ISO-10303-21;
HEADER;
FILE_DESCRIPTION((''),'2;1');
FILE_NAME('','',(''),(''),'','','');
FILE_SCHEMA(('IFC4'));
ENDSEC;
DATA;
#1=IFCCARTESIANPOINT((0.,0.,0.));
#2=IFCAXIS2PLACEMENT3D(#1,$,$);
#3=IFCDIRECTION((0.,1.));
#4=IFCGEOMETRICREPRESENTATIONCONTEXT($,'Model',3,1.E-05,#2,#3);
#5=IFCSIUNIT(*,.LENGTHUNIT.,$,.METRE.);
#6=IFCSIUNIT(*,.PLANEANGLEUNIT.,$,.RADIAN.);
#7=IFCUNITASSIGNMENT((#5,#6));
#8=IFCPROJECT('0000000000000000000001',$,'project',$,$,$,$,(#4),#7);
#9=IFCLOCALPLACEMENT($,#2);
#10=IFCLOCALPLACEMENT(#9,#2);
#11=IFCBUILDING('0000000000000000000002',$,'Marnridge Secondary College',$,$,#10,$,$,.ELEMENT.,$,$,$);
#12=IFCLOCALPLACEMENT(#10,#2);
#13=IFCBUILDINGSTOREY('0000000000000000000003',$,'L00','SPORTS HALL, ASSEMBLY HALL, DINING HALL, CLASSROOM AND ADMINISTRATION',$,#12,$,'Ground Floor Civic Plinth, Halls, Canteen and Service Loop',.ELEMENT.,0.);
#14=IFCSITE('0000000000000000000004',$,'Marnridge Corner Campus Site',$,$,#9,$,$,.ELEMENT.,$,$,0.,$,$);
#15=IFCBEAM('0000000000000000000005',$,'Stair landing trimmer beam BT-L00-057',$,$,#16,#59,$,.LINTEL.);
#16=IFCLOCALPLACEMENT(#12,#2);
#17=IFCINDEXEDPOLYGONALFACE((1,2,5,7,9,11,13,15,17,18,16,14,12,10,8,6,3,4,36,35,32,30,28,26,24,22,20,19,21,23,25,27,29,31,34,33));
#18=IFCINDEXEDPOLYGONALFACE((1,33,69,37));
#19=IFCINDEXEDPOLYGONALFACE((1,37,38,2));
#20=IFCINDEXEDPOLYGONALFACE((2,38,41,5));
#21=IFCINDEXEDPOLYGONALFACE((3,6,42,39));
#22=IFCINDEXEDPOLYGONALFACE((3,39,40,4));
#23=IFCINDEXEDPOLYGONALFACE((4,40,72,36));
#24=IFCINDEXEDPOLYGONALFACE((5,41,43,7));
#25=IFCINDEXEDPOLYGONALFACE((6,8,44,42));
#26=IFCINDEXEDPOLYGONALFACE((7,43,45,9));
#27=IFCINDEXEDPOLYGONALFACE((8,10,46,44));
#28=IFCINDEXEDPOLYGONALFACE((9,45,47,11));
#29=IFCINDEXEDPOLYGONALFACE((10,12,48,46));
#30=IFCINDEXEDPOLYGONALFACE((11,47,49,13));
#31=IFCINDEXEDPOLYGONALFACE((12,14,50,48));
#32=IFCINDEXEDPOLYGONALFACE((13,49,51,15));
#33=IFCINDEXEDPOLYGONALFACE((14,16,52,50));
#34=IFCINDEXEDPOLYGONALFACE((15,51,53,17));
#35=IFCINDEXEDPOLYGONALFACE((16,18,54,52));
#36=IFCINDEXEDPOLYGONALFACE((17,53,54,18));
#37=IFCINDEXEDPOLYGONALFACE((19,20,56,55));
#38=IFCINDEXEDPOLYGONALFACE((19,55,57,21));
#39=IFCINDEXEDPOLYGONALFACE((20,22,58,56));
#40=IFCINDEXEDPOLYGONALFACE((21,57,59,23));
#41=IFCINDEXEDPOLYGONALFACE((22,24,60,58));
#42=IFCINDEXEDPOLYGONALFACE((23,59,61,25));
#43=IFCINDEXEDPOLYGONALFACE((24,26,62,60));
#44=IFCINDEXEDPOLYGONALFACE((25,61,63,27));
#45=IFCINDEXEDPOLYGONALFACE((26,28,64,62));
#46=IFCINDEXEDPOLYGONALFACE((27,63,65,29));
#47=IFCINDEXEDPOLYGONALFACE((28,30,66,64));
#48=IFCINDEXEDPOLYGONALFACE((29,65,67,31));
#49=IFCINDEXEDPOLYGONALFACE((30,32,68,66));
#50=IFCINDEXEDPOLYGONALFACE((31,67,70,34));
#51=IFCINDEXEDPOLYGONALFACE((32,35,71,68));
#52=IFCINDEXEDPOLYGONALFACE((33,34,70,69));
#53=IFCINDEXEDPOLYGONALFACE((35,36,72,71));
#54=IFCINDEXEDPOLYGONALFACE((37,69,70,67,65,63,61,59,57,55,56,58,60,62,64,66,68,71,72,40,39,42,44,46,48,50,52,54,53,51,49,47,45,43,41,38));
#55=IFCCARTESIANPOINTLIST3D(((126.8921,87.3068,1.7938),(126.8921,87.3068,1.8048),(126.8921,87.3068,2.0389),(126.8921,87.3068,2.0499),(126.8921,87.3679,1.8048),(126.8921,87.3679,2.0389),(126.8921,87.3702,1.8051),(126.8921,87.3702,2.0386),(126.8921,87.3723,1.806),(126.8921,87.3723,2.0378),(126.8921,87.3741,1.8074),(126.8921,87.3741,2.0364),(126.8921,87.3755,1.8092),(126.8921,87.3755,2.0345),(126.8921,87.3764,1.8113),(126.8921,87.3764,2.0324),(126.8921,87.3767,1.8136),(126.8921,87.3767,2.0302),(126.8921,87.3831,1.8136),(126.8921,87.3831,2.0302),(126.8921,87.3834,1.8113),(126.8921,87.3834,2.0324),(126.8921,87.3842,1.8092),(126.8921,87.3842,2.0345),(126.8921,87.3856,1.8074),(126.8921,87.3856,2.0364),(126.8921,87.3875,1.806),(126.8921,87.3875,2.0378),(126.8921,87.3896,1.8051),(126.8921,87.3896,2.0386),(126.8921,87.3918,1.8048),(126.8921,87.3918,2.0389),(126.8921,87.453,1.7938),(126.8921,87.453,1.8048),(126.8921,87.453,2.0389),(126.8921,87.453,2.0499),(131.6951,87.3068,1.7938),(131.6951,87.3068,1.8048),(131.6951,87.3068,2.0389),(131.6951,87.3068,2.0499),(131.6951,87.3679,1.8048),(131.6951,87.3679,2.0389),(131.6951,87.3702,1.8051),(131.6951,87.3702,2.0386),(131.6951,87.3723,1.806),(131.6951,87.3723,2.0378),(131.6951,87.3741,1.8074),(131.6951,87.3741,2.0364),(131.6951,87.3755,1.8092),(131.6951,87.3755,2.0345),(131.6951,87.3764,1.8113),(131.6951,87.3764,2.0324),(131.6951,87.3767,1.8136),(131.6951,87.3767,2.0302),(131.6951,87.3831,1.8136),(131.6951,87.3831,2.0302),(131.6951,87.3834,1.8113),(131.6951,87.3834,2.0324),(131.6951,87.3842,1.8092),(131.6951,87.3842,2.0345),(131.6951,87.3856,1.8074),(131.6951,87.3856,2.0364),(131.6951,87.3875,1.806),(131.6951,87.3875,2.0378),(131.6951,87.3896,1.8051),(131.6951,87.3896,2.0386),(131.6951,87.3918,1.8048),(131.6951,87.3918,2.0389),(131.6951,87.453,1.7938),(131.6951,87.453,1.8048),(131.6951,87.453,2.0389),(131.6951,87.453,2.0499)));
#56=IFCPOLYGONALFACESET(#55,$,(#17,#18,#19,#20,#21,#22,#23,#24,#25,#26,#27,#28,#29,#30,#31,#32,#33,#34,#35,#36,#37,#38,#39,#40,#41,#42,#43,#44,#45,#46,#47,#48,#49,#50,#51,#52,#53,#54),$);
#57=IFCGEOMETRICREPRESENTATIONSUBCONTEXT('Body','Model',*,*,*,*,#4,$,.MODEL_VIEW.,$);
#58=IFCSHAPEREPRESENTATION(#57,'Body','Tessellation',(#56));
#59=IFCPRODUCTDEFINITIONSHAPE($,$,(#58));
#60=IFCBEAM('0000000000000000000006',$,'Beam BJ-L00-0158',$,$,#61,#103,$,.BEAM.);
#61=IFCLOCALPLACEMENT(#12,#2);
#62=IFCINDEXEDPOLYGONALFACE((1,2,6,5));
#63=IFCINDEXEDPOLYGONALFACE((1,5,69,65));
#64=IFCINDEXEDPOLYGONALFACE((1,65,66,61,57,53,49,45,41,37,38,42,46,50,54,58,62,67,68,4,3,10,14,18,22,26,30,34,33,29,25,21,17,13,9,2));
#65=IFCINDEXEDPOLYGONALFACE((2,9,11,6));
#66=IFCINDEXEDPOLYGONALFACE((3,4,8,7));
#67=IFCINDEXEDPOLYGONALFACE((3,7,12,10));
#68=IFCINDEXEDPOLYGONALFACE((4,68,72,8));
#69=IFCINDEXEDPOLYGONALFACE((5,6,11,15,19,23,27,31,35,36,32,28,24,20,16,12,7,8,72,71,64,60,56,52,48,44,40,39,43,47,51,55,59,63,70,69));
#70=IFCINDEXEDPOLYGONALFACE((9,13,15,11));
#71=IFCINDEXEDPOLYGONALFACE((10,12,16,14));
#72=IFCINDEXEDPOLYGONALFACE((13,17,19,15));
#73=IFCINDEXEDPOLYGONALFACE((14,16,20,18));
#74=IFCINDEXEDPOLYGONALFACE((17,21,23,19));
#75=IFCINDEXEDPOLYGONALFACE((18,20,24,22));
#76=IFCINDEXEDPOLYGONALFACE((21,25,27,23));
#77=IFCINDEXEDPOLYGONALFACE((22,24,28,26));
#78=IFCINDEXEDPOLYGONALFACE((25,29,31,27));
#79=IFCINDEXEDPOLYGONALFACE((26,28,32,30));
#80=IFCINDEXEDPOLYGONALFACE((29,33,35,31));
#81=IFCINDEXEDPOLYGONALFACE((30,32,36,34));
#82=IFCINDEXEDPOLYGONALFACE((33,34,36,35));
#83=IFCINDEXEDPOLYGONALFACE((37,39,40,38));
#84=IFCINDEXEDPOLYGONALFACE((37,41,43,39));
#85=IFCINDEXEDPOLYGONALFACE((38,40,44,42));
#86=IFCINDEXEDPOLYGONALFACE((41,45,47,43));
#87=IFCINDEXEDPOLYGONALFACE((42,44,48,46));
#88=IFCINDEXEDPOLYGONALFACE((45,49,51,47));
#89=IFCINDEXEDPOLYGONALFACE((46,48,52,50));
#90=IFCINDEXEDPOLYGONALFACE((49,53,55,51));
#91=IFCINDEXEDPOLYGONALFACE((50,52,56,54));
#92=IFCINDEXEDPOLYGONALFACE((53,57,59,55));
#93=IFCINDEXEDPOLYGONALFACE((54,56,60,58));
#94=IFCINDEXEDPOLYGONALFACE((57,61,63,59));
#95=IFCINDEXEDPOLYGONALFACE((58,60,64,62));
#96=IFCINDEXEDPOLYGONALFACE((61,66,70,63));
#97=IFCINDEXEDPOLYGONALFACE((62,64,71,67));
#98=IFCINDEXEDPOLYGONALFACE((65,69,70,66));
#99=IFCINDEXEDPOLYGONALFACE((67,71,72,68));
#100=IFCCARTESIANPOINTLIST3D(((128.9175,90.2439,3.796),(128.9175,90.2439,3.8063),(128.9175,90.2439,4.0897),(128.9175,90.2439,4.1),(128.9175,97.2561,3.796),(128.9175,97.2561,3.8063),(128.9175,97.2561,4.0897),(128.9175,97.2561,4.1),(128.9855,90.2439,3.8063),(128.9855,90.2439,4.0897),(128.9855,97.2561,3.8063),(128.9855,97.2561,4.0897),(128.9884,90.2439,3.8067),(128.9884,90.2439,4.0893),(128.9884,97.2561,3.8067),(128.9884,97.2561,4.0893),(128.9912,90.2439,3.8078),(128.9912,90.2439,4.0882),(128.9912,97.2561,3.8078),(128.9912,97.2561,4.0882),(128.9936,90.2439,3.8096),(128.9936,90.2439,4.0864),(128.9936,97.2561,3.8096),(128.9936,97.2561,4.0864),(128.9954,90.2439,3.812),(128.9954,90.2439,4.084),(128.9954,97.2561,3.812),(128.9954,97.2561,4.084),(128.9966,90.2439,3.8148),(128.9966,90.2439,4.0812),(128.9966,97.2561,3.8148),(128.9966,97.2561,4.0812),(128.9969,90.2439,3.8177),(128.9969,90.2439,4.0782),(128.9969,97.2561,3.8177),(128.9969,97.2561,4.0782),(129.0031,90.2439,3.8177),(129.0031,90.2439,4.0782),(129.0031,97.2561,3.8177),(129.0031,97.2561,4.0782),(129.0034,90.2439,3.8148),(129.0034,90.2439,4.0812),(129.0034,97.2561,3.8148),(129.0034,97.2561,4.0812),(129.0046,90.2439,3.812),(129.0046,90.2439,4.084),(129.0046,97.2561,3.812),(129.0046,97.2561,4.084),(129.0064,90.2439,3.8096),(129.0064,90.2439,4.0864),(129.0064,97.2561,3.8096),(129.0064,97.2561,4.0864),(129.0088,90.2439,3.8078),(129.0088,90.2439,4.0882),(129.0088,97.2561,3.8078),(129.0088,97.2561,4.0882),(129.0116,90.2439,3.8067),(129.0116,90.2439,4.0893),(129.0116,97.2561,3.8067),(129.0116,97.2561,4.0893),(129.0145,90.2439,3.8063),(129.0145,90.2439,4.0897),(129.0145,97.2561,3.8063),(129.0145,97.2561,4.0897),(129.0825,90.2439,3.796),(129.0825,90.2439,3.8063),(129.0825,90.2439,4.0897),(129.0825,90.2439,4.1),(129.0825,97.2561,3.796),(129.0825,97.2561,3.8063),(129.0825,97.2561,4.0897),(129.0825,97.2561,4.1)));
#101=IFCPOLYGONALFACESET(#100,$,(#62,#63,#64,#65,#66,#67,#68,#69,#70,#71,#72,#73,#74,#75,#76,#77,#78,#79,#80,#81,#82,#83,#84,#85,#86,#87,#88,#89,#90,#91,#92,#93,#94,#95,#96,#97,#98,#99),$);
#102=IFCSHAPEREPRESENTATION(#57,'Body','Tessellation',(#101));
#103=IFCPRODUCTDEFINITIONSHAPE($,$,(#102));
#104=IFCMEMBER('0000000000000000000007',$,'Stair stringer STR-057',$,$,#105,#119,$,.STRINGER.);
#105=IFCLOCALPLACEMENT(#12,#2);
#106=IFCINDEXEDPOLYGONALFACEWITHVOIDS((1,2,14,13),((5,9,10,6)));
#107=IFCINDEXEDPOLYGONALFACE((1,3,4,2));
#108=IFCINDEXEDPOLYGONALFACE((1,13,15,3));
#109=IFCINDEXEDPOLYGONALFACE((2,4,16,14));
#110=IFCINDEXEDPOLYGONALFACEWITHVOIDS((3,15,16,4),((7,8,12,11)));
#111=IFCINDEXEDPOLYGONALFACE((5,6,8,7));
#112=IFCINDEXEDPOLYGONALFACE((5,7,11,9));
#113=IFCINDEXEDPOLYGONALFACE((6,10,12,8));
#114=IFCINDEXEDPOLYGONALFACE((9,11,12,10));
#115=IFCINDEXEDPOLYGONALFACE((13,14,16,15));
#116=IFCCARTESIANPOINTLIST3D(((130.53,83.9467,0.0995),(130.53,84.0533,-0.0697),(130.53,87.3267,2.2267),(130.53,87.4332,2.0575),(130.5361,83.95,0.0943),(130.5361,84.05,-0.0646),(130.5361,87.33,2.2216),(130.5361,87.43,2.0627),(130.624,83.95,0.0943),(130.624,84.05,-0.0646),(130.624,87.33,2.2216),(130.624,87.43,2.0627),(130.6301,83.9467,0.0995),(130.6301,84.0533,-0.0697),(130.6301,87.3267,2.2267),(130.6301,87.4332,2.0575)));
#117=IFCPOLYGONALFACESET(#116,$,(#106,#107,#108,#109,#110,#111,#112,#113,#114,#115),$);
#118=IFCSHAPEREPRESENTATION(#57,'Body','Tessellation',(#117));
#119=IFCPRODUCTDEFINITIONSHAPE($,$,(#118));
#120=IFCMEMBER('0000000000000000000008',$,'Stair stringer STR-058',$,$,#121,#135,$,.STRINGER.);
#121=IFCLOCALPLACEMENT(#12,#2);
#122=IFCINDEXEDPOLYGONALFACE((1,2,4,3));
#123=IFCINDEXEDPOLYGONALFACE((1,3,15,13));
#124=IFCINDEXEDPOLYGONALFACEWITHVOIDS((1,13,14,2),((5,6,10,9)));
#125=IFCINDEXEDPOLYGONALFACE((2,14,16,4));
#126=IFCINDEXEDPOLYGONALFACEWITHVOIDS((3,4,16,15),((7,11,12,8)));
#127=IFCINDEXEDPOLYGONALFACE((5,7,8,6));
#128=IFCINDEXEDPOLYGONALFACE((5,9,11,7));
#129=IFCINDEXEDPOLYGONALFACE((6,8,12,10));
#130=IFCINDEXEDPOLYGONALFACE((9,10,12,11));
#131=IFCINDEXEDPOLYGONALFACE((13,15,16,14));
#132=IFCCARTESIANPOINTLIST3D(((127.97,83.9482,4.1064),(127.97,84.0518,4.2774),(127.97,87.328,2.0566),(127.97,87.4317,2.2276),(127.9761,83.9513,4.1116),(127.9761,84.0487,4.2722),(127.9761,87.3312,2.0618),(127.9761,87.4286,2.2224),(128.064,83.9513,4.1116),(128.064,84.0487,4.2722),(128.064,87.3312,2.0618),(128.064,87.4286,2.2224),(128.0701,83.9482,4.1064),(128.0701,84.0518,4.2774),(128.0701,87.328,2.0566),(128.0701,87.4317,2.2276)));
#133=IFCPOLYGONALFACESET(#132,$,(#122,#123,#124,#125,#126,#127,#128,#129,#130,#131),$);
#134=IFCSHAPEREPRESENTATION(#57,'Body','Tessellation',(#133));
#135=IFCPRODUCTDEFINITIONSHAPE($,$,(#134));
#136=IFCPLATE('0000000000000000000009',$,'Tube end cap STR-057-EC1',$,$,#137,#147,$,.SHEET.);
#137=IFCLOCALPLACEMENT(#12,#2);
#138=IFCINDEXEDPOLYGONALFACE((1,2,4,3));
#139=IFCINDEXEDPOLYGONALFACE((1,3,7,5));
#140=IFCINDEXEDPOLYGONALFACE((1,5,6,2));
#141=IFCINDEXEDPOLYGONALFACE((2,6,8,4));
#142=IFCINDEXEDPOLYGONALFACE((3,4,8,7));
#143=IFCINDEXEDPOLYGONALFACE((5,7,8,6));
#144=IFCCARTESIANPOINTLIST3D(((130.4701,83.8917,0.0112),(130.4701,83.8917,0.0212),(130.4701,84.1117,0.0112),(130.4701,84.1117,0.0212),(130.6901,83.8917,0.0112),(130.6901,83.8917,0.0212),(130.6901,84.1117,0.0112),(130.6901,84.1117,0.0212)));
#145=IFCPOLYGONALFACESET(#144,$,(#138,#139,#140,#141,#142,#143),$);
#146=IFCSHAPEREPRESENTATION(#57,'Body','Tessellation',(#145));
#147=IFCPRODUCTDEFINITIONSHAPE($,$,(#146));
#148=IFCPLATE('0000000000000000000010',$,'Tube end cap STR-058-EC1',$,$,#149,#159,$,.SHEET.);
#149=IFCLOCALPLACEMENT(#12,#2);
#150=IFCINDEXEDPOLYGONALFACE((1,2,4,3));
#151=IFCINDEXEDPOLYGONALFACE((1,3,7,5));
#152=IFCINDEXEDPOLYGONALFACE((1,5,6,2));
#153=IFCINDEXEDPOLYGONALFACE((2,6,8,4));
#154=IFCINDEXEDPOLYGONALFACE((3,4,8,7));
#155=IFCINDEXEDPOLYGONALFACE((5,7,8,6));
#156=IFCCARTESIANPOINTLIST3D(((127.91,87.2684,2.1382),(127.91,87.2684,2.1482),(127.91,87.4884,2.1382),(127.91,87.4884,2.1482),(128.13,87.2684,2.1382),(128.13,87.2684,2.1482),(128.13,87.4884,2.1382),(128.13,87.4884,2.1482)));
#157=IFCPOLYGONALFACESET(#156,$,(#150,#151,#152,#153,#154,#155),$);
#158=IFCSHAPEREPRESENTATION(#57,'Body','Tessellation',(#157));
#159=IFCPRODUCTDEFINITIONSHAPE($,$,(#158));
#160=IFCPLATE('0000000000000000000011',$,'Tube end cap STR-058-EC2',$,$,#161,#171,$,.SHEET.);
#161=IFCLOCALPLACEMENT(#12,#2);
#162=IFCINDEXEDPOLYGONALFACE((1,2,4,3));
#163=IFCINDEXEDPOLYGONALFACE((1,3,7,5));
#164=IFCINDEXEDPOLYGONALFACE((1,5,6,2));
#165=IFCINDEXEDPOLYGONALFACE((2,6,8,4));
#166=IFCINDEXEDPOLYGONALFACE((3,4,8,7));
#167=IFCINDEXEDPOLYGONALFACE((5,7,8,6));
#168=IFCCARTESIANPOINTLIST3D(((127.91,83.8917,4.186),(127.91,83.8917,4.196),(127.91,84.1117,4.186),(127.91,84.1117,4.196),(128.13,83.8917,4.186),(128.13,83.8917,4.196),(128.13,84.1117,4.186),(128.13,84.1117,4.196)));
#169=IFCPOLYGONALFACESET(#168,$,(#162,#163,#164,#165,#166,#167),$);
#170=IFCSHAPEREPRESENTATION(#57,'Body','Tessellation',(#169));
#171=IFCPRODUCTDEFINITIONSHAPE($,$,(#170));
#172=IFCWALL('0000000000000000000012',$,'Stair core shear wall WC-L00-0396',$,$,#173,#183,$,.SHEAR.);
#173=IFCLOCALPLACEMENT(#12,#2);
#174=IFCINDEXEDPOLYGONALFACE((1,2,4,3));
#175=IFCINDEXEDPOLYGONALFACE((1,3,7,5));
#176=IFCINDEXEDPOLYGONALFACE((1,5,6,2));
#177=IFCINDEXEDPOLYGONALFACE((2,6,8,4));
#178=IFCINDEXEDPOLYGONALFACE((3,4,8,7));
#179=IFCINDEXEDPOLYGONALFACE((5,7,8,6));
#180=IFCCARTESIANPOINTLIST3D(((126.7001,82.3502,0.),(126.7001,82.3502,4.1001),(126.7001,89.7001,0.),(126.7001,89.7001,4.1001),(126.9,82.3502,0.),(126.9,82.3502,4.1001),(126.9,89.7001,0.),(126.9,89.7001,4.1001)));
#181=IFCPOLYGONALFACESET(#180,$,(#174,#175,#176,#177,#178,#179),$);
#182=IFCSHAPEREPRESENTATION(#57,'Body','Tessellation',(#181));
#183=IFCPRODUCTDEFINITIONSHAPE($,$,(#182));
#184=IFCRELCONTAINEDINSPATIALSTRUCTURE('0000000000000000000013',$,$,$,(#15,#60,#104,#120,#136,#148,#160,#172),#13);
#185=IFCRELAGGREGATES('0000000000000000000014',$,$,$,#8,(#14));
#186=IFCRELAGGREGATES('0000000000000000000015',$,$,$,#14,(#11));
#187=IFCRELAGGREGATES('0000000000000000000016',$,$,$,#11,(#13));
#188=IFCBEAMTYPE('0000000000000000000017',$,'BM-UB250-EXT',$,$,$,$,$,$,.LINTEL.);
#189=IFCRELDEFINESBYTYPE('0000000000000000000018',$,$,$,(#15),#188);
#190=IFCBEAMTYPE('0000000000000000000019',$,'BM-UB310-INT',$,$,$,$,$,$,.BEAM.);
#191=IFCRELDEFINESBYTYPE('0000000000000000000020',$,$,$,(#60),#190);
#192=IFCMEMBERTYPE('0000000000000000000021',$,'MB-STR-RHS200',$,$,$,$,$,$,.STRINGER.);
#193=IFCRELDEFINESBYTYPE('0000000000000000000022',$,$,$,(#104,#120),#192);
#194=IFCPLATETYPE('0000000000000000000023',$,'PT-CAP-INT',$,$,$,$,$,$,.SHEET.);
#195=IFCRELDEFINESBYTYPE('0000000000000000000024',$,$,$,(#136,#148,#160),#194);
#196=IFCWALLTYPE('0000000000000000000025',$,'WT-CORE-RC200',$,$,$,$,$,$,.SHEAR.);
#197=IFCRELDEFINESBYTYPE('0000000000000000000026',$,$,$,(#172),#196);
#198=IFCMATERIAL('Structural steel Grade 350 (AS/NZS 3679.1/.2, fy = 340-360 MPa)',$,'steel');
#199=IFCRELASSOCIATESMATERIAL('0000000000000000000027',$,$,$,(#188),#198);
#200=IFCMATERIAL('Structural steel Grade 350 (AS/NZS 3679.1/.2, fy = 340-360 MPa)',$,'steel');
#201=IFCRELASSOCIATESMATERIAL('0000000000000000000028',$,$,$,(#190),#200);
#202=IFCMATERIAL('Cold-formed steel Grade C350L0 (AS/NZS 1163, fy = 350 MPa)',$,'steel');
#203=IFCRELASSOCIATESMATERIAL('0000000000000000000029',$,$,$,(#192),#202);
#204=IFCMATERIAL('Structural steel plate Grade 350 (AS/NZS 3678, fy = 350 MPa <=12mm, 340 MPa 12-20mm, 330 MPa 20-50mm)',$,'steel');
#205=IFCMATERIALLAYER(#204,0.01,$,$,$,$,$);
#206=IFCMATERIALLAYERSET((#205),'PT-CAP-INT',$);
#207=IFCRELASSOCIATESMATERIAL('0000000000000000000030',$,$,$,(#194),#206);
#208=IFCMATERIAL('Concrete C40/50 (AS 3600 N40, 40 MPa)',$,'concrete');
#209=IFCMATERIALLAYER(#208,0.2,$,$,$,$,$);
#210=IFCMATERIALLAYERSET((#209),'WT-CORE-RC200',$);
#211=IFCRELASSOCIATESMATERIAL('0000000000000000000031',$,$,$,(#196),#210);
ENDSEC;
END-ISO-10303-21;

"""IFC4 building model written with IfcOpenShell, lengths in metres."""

from ifc_helpers import new_model, si_unit, direction, frame, frame_2d, origin, origin_2d, place, context, subcontext, project, spatial, rectangle, hollow_rectangle, i_section, extrude, material, layer, layer_set, material_profile, profile_set, type_object, element, save


model = new_model("IFC4")

# Units and contexts
model_context = context("Model", 3, precision=1e-05, world=origin(), true_north=direction((0.0, 1.0)))
body_context = subcontext(model_context, "Body", "Model", "MODEL_VIEW")
ifc_project = project(units=[si_unit("LENGTHUNIT", "METRE"), si_unit("PLANEANGLEUNIT", "RADIAN")], contexts=[model_context])

# Site, building, storey
site_placement = place(None, origin())
site = spatial("IfcSite", under=ifc_project, at=site_placement, Name="Marnridge Corner Campus Site", CompositionType="ELEMENT", RefElevation=0.0)
building_placement = place(site_placement, origin())
building = spatial("IfcBuilding", under=site, at=building_placement, Name="Marnridge Secondary College", CompositionType="ELEMENT")
storey_placement = place(building_placement, origin())
storey = spatial("IfcBuildingStorey", under=building, at=storey_placement, Name="L00", Description="SPORTS HALL, ASSEMBLY HALL, DINING HALL, CLASSROOM AND ADMINISTRATION", LongName="Ground Floor Civic Plinth, Halls, Canteen and Service Loop", CompositionType="ELEMENT", Elevation=0.0)

# Beams
ifc_material_1 = material(Name="Structural steel Grade 350 (AS/NZS 3679.1/.2, fy = 340-360 MPa)", Category="steel")
ifc_material_profile_1 = material_profile(ifc_material_1, i_section(OverallWidth=0.1462, OverallDepth=0.2561, WebThickness=0.0063, FlangeThickness=0.011, FilletRadius=0.0088, at=origin_2d()), Name="250UB37.3")
ifc_profile_set_1 = profile_set([ifc_material_profile_1], Name="Structural steel Grade 350 (AS/NZS 3679.1/.2, fy = 340-360 MPa)")
beam_type_1 = type_object("IfcBeamType", Name="BM-UB250-EXT", PredefinedType="LINTEL", material=ifc_profile_set_1)
beam_1_placement = place(storey_placement, frame((126.8921, 87.3799, 1.9219), z_axis=(1.0, 0.0, 0.0), x_axis=(0.0, 1.0, 0.0)))
element("IfcBeam", 1, at=beam_1_placement, inside=storey, type_object=beam_type_1, Name="Stair landing trimmer beam BT-L00-057", PredefinedType="LINTEL", context=body_context, shape_type="SweptSolid", body=[
    extrude(i_section(OverallWidth=0.1462, OverallDepth=0.2561, WebThickness=0.0063, FlangeThickness=0.011, FilletRadius=0.0088, at=origin_2d()), origin(), (0.0, 0.0, 1.0), 4.803),
])
ifc_material_2 = material(Name="Structural steel Grade 350 (AS/NZS 3679.1/.2, fy = 340-360 MPa)", Category="steel")
ifc_material_profile_2 = material_profile(ifc_material_2, i_section(OverallWidth=0.165, OverallDepth=0.304, WebThickness=0.0061, FlangeThickness=0.0103, FilletRadius=0.0115, at=origin_2d()), Name="310UB40.4")
ifc_profile_set_2 = profile_set([ifc_material_profile_2], Name="Structural steel Grade 350 (AS/NZS 3679.1/.2, fy = 340-360 MPa)")
beam_type_2 = type_object("IfcBeamType", Name="BM-UB310-INT", PredefinedType="BEAM", material=ifc_profile_set_2)
beam_2_placement = place(storey_placement, frame((129.0, 90.2439, 3.948), z_axis=(0.0, 1.0, 0.0), x_axis=(-1.0, 0.0, 0.0)))
element("IfcBeam", 2, at=beam_2_placement, inside=storey, type_object=beam_type_2, Name="Beam BJ-L00-0158", PredefinedType="BEAM", context=body_context, shape_type="SweptSolid", body=[
    extrude(i_section(OverallWidth=0.165, OverallDepth=0.304, WebThickness=0.0061, FlangeThickness=0.0103, FilletRadius=0.0115, at=origin_2d()), origin(), (0.0, 0.0, 1.0), 7.0122),
])

# Members
ifc_material_3 = material(Name="Cold-formed steel Grade C350L0 (AS/NZS 1163, fy = 350 MPa)", Category="steel")
ifc_material_profile_3 = material_profile(ifc_material_3, hollow_rectangle(XDim=0.1001, YDim=0.2, WallThickness=0.0061, at=origin_2d()), Name="200x100x6.0RHS")
ifc_profile_set_3 = profile_set([ifc_material_profile_3], Name="Cold-formed steel Grade C350L0 (AS/NZS 1163, fy = 350 MPa)")
member_type = type_object("IfcMemberType", Name="MB-STR-RHS200", PredefinedType="STRINGER", material=ifc_profile_set_3)
member_1_placement = place(storey_placement, frame((130.5801, 84.0, 0.0149), z_axis=(0.0, 0.846332, 0.532656), x_axis=(-1.0, 0.0, 0.0)))
element("IfcMember", 3, at=member_1_placement, inside=storey, type_object=member_type, Name="Stair stringer STR-057", PredefinedType="STRINGER", context=body_context, shape_type="SweptSolid", body=[
    extrude(hollow_rectangle(XDim=0.1001, YDim=0.2, WallThickness=0.0061, at=origin_2d()), origin(), (0.0, 0.0, 1.0), 3.9937),
])
member_2_placement = place(storey_placement, frame((128.02, 87.3799, 2.1421), z_axis=(0.0, -0.855042, 0.518559), x_axis=(1.0, 0.0, 0.0)))
element("IfcMember", 4, at=member_2_placement, inside=storey, type_object=member_type, Name="Stair stringer STR-058", PredefinedType="STRINGER", context=body_context, shape_type="SweptSolid", body=[
    extrude(hollow_rectangle(XDim=0.1001, YDim=0.2, WallThickness=0.0061, at=origin_2d()), origin(), (0.0, 0.0, 1.0), 3.9529),
])

# Plates
ifc_material_4 = material(Name="Structural steel plate Grade 350 (AS/NZS 3678, fy = 350 MPa <=12mm, 340 MPa 12-20mm, 330 MPa 20-50mm)", Category="steel")
ifc_layer_1 = layer(ifc_material_4, 0.01)
ifc_layer_set_1 = layer_set([ifc_layer_1], Name="PT-CAP-INT")
plate_type = type_object("IfcPlateType", Name="PT-CAP-INT", PredefinedType="SHEET", material=ifc_layer_set_1)
for number, where, z_axis, x_axis, name in (
    (5, (130.5801, 84.0017, 0.0112), (0.0, 0.0, 1.0), (0.0, 1.0, 0.0), "Tube end cap STR-057-EC1"),
    (6, (128.02, 87.3784, 2.1382), (0.0, 0.0, 1.0), (0.0, -1.0, 0.0), "Tube end cap STR-058-EC1"),
    (7, (128.02, 84.0017, 4.186), (0.0, 0.0, 1.0), (0.0, -1.0, 0.0), "Tube end cap STR-058-EC2"),
):
    element("IfcPlate", number, at=place(storey_placement, frame(where, z_axis=z_axis, x_axis=x_axis)), inside=storey, type_object=plate_type, Name=name, PredefinedType="SHEET", context=body_context, shape_type="SweptSolid", body=[
        extrude(rectangle(XDim=0.22, YDim=0.22, at=origin_2d()), origin(), (0.0, 0.0, 1.0), 0.01),
    ])

# Wall
ifc_material_5 = material(Name="Concrete C40/50 (AS 3600 N40, 40 MPa)", Category="concrete")
ifc_layer_2 = layer(ifc_material_5, 0.2)
ifc_layer_set_2 = layer_set([ifc_layer_2], Name="WT-CORE-RC200")
wall_type_1 = type_object("IfcWallType", Name="WT-CORE-RC200", PredefinedType="SHEAR", material=ifc_layer_set_2)
wall_1_placement = place(storey_placement, frame((126.8, 89.7, 0.0), z_axis=(0.0, 0.0, 1.0), x_axis=(0.0, -1.0, 0.0)))
element("IfcWall", 8, at=wall_1_placement, inside=storey, type_object=wall_type_1, Name="Stair core shear wall WC-L00-0396", PredefinedType="SHEAR", context=body_context, shape_type="SweptSolid", body=[
    extrude(rectangle(XDim=7.3499, YDim=0.2, at=frame_2d((3.6748, 0.0))), origin(), (0.0, 0.0, 1.0), 4.1001),
])

save(model, "model.ifc")
